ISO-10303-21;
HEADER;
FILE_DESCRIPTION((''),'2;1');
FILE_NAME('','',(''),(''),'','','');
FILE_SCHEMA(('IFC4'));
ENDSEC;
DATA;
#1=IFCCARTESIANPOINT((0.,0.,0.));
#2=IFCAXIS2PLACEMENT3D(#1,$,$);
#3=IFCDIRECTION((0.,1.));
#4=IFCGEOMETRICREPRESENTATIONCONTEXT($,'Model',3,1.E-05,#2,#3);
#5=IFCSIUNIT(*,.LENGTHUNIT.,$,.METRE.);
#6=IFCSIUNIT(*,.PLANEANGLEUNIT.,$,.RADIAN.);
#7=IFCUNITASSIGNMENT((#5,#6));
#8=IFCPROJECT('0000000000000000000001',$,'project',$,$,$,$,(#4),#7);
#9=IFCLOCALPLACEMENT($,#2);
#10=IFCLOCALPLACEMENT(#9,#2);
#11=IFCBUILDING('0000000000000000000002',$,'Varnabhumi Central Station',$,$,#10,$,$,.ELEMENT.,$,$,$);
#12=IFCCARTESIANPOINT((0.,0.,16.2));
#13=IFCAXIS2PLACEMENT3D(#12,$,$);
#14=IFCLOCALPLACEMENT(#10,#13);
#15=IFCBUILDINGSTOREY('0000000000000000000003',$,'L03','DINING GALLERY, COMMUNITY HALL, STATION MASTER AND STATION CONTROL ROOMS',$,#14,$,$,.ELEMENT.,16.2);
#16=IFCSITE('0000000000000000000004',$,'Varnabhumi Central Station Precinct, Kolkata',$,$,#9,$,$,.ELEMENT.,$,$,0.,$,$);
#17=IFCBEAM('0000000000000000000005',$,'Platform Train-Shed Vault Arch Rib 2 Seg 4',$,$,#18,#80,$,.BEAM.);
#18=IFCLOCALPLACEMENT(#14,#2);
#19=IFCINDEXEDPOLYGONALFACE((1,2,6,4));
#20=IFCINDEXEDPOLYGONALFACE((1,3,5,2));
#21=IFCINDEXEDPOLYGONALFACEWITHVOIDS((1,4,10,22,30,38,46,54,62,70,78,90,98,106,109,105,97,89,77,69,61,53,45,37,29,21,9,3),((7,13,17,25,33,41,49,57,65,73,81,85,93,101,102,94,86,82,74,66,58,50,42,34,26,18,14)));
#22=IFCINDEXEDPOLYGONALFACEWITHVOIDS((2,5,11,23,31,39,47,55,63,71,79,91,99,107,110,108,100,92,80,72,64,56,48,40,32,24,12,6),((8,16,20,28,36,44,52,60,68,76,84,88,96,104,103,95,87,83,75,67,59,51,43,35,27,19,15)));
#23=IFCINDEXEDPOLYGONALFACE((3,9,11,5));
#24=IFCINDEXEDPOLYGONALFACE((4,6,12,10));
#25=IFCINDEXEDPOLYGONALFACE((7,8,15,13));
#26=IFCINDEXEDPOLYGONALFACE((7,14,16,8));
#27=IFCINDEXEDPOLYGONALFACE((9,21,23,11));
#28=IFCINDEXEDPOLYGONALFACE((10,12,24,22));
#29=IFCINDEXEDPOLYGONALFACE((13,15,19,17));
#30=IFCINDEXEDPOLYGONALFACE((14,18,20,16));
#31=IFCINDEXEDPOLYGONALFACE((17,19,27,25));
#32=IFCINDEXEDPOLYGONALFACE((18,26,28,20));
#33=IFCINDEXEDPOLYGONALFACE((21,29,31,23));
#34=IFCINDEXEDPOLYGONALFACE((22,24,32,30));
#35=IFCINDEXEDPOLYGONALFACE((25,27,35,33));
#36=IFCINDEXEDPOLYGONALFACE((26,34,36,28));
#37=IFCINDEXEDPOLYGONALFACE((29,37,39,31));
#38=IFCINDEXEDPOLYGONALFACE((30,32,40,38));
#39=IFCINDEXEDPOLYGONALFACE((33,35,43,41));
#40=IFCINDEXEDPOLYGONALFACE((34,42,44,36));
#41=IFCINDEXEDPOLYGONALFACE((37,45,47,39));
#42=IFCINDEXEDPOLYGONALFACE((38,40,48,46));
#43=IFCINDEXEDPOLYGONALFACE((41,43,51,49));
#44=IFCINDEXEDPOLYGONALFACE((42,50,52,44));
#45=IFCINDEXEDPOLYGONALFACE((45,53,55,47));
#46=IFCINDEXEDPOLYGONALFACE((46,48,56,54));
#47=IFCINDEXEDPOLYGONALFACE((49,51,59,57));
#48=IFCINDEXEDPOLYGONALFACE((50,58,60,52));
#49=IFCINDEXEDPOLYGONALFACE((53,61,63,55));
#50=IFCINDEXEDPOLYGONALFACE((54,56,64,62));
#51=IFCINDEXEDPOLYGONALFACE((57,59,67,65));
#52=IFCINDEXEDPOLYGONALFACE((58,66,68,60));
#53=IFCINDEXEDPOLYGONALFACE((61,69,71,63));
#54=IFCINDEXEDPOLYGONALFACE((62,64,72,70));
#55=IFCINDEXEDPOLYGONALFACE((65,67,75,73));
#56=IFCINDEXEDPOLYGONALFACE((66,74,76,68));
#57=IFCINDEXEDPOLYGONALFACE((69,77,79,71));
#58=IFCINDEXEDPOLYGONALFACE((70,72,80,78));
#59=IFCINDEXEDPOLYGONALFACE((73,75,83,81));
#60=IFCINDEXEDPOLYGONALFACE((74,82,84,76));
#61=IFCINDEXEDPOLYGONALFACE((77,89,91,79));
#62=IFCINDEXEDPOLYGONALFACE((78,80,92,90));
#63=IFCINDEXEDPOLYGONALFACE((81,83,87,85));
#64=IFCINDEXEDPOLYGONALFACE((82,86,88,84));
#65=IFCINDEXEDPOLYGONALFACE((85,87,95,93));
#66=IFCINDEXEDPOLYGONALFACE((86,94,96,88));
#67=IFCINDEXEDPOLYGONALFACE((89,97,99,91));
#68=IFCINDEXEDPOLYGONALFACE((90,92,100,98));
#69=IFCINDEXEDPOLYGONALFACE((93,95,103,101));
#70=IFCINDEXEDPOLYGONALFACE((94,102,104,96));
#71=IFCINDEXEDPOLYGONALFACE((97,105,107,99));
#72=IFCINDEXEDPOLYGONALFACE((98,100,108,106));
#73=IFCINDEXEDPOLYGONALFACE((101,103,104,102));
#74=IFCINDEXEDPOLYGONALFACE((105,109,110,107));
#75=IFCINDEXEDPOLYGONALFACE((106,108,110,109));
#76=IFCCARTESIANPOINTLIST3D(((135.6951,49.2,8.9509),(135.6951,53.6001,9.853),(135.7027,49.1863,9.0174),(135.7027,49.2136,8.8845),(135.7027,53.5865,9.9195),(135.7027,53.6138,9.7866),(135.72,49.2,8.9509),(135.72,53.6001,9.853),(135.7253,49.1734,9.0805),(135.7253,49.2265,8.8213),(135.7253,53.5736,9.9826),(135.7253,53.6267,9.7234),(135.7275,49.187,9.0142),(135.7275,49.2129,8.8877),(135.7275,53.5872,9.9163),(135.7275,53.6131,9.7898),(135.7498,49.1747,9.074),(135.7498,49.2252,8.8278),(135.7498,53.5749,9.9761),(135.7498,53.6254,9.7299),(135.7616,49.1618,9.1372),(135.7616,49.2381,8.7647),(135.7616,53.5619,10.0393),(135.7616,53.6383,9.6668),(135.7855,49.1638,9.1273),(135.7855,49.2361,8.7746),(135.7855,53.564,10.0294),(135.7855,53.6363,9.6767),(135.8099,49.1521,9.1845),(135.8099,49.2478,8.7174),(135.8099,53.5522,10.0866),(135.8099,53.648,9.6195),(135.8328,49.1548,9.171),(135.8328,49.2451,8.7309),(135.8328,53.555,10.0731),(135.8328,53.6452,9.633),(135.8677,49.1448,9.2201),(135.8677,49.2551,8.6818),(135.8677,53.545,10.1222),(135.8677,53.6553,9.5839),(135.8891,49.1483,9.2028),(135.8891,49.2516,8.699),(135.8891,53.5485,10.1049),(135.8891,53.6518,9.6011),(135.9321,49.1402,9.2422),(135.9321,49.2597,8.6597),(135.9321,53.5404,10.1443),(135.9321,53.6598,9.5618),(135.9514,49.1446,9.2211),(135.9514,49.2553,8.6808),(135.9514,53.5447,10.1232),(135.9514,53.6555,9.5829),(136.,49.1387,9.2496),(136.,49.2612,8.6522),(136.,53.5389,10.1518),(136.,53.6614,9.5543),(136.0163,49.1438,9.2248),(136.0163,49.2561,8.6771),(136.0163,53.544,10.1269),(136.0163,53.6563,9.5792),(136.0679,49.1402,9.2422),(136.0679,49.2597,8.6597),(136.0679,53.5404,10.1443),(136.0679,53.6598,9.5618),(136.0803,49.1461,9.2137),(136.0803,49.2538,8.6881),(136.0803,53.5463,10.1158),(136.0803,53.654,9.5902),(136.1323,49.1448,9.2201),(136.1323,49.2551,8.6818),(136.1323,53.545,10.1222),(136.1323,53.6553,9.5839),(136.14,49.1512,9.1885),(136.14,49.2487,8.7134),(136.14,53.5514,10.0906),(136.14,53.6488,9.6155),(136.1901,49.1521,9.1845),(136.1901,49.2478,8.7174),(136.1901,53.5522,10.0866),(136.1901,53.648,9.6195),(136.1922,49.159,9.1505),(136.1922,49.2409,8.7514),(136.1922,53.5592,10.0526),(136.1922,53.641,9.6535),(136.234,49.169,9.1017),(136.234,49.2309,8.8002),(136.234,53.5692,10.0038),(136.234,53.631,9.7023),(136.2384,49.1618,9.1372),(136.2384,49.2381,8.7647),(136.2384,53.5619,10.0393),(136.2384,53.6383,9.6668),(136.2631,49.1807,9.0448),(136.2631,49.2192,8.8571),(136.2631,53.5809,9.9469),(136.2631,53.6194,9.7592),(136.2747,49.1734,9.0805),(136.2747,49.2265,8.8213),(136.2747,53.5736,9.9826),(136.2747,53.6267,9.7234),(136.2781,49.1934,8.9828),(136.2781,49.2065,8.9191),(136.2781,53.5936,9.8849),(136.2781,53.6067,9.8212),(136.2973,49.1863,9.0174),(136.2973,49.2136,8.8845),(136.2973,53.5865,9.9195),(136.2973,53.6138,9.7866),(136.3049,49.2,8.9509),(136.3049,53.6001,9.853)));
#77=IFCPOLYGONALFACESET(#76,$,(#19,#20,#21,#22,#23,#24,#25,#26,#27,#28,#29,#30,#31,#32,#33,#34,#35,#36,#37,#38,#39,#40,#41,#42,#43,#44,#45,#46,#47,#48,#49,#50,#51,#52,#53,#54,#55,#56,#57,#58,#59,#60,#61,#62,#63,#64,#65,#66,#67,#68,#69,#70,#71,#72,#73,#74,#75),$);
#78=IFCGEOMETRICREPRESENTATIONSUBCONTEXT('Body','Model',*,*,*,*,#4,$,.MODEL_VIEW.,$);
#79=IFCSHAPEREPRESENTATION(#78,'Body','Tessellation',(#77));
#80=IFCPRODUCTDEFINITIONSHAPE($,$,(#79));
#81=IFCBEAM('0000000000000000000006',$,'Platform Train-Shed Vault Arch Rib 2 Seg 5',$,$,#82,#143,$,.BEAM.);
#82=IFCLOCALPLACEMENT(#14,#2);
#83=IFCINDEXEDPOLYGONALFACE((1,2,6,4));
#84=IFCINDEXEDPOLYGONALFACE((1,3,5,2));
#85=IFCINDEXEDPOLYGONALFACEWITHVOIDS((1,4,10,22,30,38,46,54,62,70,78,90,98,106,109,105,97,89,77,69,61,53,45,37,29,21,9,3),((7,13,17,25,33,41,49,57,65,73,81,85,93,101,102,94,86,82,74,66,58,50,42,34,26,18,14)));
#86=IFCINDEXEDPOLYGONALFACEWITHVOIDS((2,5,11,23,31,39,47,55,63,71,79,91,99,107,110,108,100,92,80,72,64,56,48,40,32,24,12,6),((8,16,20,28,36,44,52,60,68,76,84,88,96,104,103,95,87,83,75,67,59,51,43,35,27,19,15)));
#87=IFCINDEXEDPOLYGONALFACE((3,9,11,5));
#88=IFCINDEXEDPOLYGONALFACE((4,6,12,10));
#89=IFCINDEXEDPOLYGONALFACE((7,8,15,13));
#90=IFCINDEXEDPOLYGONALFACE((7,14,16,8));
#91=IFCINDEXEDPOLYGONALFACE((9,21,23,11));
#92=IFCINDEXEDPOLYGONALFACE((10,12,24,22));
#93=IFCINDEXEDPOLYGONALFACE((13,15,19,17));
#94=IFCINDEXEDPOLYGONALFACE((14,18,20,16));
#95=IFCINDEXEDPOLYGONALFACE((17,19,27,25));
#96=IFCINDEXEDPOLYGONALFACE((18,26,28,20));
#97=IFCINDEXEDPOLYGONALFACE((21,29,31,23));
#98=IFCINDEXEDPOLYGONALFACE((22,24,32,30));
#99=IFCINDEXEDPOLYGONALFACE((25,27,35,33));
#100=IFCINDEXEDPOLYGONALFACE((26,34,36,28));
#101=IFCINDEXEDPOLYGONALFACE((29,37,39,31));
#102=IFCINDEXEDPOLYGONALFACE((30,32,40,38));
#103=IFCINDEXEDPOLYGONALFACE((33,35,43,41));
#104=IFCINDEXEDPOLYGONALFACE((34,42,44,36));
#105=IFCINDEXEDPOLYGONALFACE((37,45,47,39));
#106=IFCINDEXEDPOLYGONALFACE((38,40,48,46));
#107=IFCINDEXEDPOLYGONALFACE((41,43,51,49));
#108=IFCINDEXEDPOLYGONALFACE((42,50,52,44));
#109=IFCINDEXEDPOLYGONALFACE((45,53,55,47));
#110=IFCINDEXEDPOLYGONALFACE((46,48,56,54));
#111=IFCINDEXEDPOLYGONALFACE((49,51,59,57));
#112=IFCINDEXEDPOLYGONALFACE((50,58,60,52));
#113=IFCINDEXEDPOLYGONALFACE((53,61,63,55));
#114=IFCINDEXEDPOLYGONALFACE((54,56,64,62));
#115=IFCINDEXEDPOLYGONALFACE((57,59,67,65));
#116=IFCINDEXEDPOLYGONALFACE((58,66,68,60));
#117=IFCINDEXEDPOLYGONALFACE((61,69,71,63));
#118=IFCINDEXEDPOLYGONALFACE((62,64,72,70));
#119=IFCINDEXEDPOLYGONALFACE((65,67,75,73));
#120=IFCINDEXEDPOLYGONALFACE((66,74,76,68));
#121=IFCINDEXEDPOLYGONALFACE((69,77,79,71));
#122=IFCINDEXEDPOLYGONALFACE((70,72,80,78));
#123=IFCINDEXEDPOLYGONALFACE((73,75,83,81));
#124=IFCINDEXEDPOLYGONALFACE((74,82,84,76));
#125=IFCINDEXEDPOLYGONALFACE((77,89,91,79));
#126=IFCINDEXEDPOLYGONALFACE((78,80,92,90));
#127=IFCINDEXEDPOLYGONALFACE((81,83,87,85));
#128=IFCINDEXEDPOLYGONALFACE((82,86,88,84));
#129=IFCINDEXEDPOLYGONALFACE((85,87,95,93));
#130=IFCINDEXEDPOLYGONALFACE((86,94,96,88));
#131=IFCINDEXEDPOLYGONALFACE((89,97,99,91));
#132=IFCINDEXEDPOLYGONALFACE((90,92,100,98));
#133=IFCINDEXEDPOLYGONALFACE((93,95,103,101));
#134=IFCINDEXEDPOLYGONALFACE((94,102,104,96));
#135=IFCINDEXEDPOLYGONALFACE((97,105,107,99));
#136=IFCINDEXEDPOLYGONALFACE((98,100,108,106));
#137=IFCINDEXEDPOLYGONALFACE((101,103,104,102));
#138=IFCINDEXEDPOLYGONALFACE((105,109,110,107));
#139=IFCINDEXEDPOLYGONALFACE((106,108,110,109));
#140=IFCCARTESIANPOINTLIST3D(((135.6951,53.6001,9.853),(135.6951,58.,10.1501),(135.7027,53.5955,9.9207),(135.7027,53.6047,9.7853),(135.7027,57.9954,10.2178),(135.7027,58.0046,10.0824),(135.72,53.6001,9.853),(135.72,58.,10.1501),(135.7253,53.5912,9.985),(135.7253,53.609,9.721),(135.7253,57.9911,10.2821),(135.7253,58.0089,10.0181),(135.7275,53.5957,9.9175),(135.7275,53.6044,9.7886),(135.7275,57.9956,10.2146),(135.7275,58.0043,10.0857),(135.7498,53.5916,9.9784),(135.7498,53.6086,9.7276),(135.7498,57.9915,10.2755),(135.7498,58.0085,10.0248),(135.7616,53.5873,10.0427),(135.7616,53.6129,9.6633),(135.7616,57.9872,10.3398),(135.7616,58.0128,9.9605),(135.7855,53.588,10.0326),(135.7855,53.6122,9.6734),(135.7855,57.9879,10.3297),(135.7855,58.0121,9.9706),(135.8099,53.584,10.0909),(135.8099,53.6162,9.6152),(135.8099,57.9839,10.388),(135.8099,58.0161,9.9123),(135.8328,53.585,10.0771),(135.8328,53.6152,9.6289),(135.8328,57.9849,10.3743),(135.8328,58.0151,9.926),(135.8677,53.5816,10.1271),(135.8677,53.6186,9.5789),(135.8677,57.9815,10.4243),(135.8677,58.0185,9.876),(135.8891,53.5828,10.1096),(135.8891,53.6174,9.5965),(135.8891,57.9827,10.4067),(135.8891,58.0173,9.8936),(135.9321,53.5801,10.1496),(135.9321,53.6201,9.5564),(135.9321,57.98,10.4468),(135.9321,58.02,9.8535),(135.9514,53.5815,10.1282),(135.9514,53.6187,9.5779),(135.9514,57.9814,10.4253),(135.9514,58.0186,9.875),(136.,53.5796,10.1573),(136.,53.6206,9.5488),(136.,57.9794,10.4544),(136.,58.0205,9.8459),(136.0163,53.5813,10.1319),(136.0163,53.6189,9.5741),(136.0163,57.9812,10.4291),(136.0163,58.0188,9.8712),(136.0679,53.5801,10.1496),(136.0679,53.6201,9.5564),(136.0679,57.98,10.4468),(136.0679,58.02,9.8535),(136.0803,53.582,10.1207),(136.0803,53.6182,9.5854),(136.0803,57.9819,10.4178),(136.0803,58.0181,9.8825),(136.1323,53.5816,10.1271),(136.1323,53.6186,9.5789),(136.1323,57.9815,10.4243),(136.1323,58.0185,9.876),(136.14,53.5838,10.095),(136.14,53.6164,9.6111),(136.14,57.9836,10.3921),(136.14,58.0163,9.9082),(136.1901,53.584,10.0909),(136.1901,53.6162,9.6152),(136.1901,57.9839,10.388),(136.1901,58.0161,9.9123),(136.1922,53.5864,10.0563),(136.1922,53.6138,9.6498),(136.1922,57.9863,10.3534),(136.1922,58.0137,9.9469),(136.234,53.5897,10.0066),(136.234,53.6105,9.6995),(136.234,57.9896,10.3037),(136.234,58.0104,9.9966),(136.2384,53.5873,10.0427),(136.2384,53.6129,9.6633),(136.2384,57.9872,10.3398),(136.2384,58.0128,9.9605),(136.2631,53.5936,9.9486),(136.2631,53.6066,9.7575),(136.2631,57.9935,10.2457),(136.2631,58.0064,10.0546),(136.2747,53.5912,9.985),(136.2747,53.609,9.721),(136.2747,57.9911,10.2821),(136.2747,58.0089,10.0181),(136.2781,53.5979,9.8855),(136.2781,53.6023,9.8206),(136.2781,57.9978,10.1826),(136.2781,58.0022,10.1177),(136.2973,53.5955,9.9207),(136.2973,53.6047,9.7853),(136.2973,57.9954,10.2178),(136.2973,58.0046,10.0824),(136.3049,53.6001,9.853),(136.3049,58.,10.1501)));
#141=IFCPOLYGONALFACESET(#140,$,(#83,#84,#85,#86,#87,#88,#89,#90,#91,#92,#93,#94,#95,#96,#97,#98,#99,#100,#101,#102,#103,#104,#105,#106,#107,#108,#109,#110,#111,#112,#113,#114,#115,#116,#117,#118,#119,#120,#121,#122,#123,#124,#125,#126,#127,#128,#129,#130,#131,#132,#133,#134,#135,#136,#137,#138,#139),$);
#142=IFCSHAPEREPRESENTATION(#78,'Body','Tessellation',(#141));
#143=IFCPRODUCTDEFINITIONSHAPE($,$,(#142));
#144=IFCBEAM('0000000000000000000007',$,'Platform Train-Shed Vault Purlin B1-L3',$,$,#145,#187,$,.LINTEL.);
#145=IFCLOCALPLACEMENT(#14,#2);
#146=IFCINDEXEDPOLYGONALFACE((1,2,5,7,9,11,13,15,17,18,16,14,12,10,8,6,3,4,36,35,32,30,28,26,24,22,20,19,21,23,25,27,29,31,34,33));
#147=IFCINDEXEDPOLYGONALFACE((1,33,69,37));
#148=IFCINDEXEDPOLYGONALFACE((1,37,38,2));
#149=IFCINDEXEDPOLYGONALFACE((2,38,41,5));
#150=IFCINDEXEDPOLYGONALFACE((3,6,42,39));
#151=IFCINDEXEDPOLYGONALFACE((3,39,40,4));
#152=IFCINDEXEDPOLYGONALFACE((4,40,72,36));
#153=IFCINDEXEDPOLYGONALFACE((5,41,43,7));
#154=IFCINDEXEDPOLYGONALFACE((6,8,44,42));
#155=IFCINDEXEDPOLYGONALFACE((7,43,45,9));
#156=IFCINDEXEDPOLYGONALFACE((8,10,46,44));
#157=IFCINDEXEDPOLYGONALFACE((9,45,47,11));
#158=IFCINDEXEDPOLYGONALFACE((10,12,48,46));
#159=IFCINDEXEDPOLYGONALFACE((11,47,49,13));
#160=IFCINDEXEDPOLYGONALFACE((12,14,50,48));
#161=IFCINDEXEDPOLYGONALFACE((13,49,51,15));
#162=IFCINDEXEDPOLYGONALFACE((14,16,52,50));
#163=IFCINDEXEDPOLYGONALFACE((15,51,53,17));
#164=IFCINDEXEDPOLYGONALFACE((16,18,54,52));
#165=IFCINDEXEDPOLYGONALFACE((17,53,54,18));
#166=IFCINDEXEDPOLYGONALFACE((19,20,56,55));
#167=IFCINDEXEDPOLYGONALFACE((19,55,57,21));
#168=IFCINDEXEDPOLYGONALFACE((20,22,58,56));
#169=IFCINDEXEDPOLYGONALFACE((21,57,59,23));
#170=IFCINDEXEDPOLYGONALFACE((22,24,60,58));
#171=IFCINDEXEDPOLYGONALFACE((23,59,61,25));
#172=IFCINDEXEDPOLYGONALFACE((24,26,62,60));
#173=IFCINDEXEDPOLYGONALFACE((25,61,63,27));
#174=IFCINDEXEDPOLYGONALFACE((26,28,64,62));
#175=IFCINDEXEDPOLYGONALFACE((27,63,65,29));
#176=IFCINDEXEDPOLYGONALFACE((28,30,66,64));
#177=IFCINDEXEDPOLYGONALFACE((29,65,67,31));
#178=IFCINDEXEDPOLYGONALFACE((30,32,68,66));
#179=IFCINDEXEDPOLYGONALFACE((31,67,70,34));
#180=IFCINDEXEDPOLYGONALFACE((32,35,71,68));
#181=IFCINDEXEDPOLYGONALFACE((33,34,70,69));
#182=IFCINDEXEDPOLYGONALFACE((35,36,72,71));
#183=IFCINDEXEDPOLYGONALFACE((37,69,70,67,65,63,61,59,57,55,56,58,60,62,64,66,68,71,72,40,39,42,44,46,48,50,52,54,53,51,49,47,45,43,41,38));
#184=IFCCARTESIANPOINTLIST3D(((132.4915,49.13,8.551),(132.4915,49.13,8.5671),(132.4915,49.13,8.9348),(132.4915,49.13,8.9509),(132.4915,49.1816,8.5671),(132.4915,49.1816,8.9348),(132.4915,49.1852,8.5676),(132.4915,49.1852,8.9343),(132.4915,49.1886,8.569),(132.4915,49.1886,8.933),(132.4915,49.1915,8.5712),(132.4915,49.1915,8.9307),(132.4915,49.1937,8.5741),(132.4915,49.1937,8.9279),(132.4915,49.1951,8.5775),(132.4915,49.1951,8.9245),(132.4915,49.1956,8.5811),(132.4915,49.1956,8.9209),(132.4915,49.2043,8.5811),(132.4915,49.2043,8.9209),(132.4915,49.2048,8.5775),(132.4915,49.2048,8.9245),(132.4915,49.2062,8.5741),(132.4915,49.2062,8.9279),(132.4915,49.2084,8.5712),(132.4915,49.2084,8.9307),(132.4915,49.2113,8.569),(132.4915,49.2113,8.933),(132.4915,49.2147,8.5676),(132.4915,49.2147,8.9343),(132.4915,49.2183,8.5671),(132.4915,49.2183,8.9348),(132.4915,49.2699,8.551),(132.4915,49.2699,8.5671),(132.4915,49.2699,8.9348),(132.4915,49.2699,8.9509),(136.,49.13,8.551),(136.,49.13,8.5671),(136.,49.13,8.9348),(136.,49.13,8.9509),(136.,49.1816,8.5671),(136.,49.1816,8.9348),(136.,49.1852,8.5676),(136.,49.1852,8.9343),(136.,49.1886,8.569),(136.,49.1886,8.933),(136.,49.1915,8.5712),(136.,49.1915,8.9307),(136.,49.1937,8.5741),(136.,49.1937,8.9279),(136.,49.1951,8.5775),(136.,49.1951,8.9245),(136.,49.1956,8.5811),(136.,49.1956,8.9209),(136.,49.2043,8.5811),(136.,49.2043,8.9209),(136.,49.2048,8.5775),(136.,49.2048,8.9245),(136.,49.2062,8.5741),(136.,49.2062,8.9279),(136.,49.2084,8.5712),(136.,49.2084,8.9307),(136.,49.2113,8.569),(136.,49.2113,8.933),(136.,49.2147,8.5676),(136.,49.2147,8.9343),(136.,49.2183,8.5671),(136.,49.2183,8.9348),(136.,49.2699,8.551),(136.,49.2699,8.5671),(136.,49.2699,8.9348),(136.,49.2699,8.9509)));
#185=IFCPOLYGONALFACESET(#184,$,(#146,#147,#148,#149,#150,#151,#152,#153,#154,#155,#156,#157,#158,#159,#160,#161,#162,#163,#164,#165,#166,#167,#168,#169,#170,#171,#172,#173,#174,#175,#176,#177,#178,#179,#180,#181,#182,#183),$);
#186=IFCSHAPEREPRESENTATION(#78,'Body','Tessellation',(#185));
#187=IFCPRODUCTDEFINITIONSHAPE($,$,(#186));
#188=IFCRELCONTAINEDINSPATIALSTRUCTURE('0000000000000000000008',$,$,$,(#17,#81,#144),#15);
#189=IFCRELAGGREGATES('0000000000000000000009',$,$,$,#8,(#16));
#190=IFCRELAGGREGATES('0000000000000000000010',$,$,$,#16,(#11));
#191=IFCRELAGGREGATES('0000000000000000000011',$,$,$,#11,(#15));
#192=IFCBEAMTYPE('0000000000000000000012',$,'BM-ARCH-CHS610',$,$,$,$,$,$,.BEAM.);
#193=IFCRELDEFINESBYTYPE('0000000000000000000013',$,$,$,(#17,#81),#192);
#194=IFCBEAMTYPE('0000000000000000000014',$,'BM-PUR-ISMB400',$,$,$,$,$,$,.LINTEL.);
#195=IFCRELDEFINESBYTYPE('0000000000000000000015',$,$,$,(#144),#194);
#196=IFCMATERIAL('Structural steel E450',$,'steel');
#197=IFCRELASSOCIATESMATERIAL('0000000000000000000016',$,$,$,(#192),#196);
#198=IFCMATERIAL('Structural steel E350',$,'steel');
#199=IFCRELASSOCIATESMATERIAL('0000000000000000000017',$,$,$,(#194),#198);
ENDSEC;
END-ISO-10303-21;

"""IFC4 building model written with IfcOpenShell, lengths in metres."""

from ifc_helpers import new_model, si_unit, direction, frame, origin, origin_2d, place, context, subcontext, project, spatial, hollow_circle, i_section, extrude, material, material_profile, profile_set, type_object, element, save


model = new_model("IFC4")

# Units and contexts
model_context = context("Model", 3, precision=1e-05, world=origin(), true_north=direction((0.0, 1.0)))
body_context = subcontext(model_context, "Body", "Model", "MODEL_VIEW")
ifc_project = project(units=[si_unit("LENGTHUNIT", "METRE"), si_unit("PLANEANGLEUNIT", "RADIAN")], contexts=[model_context])

# Site, building, storey
site_placement = place(None, origin())
site = spatial("IfcSite", under=ifc_project, at=site_placement, Name="Varnabhumi Central Station Precinct, Kolkata", CompositionType="ELEMENT", RefElevation=0.0)
building_placement = place(site_placement, origin())
building = spatial("IfcBuilding", under=site, at=building_placement, Name="Varnabhumi Central Station", CompositionType="ELEMENT")
storey_placement = place(building_placement, frame((0.0, 0.0, 16.2)))
storey = spatial("IfcBuildingStorey", under=building, at=storey_placement, Name="L03", Description="DINING GALLERY, COMMUNITY HALL, STATION MASTER AND STATION CONTROL ROOMS", CompositionType="ELEMENT", Elevation=16.2)

# Beams
ifc_material_1 = material(Name="Structural steel E450", Category="steel")
ifc_material_profile_1 = material_profile(ifc_material_1, hollow_circle(Radius=0.3049, WallThickness=0.0249, at=origin_2d()), Name="Structural steel E450", Category="steel")
ifc_profile_set_1 = profile_set([ifc_material_profile_1], Name="Structural steel E450")
beam_type_1 = type_object("IfcBeamType", Name="BM-ARCH-CHS610", PredefinedType="BEAM", material=ifc_profile_set_1)
beam_1_placement = place(storey_placement, frame((136.0, 49.2, 8.9509), z_axis=(0.0, 0.979624, 0.200838), x_axis=(-1.0, 0.0, 0.0)))
element("IfcBeam", 1, at=beam_1_placement, inside=storey, type_object=beam_type_1, Name="Platform Train-Shed Vault Arch Rib 2 Seg 4", PredefinedType="BEAM", context=body_context, shape_type="SweptSolid", body=[
    extrude(hollow_circle(Radius=0.3049, WallThickness=0.0249, at=origin_2d()), origin(), (0.0, 0.0, 1.0), 4.4917),
])
beam_2_placement = place(storey_placement, frame((136.0, 53.6001, 9.853), z_axis=(0.0, 0.997728, 0.067375), x_axis=(-1.0, 0.0, 0.0)))
element("IfcBeam", 2, at=beam_2_placement, inside=storey, type_object=beam_type_1, Name="Platform Train-Shed Vault Arch Rib 2 Seg 5", PredefinedType="BEAM", context=body_context, shape_type="SweptSolid", body=[
    extrude(hollow_circle(Radius=0.3049, WallThickness=0.0249, at=origin_2d()), origin(), (0.0, 0.0, 1.0), 4.4099),
])
ifc_material_2 = material(Name="Structural steel E350", Category="steel")
ifc_material_profile_2 = material_profile(ifc_material_2, i_section(OverallWidth=0.1399, OverallDepth=0.3999, WebThickness=0.0088, FlangeThickness=0.0161, FilletRadius=0.0139, at=origin_2d()), Name="Structural steel E350", Category="steel")
ifc_profile_set_2 = profile_set([ifc_material_profile_2], Name="Structural steel E350")
beam_type_2 = type_object("IfcBeamType", Name="BM-PUR-ISMB400", PredefinedType="LINTEL", material=ifc_profile_set_2)
beam_3_placement = place(storey_placement, frame((132.4915, 49.2, 8.751), z_axis=(1.0, 0.0, 0.0), x_axis=(0.0, 1.0, 0.0)))
element("IfcBeam", 3, at=beam_3_placement, inside=storey, type_object=beam_type_2, Name="Platform Train-Shed Vault Purlin B1-L3", PredefinedType="LINTEL", context=body_context, shape_type="SweptSolid", body=[
    extrude(i_section(OverallWidth=0.1399, OverallDepth=0.3999, WebThickness=0.0088, FlangeThickness=0.0161, FilletRadius=0.0139, at=origin_2d()), origin(), (0.0, 0.0, 1.0), 3.5085),
])

save(model, "model.ifc")
